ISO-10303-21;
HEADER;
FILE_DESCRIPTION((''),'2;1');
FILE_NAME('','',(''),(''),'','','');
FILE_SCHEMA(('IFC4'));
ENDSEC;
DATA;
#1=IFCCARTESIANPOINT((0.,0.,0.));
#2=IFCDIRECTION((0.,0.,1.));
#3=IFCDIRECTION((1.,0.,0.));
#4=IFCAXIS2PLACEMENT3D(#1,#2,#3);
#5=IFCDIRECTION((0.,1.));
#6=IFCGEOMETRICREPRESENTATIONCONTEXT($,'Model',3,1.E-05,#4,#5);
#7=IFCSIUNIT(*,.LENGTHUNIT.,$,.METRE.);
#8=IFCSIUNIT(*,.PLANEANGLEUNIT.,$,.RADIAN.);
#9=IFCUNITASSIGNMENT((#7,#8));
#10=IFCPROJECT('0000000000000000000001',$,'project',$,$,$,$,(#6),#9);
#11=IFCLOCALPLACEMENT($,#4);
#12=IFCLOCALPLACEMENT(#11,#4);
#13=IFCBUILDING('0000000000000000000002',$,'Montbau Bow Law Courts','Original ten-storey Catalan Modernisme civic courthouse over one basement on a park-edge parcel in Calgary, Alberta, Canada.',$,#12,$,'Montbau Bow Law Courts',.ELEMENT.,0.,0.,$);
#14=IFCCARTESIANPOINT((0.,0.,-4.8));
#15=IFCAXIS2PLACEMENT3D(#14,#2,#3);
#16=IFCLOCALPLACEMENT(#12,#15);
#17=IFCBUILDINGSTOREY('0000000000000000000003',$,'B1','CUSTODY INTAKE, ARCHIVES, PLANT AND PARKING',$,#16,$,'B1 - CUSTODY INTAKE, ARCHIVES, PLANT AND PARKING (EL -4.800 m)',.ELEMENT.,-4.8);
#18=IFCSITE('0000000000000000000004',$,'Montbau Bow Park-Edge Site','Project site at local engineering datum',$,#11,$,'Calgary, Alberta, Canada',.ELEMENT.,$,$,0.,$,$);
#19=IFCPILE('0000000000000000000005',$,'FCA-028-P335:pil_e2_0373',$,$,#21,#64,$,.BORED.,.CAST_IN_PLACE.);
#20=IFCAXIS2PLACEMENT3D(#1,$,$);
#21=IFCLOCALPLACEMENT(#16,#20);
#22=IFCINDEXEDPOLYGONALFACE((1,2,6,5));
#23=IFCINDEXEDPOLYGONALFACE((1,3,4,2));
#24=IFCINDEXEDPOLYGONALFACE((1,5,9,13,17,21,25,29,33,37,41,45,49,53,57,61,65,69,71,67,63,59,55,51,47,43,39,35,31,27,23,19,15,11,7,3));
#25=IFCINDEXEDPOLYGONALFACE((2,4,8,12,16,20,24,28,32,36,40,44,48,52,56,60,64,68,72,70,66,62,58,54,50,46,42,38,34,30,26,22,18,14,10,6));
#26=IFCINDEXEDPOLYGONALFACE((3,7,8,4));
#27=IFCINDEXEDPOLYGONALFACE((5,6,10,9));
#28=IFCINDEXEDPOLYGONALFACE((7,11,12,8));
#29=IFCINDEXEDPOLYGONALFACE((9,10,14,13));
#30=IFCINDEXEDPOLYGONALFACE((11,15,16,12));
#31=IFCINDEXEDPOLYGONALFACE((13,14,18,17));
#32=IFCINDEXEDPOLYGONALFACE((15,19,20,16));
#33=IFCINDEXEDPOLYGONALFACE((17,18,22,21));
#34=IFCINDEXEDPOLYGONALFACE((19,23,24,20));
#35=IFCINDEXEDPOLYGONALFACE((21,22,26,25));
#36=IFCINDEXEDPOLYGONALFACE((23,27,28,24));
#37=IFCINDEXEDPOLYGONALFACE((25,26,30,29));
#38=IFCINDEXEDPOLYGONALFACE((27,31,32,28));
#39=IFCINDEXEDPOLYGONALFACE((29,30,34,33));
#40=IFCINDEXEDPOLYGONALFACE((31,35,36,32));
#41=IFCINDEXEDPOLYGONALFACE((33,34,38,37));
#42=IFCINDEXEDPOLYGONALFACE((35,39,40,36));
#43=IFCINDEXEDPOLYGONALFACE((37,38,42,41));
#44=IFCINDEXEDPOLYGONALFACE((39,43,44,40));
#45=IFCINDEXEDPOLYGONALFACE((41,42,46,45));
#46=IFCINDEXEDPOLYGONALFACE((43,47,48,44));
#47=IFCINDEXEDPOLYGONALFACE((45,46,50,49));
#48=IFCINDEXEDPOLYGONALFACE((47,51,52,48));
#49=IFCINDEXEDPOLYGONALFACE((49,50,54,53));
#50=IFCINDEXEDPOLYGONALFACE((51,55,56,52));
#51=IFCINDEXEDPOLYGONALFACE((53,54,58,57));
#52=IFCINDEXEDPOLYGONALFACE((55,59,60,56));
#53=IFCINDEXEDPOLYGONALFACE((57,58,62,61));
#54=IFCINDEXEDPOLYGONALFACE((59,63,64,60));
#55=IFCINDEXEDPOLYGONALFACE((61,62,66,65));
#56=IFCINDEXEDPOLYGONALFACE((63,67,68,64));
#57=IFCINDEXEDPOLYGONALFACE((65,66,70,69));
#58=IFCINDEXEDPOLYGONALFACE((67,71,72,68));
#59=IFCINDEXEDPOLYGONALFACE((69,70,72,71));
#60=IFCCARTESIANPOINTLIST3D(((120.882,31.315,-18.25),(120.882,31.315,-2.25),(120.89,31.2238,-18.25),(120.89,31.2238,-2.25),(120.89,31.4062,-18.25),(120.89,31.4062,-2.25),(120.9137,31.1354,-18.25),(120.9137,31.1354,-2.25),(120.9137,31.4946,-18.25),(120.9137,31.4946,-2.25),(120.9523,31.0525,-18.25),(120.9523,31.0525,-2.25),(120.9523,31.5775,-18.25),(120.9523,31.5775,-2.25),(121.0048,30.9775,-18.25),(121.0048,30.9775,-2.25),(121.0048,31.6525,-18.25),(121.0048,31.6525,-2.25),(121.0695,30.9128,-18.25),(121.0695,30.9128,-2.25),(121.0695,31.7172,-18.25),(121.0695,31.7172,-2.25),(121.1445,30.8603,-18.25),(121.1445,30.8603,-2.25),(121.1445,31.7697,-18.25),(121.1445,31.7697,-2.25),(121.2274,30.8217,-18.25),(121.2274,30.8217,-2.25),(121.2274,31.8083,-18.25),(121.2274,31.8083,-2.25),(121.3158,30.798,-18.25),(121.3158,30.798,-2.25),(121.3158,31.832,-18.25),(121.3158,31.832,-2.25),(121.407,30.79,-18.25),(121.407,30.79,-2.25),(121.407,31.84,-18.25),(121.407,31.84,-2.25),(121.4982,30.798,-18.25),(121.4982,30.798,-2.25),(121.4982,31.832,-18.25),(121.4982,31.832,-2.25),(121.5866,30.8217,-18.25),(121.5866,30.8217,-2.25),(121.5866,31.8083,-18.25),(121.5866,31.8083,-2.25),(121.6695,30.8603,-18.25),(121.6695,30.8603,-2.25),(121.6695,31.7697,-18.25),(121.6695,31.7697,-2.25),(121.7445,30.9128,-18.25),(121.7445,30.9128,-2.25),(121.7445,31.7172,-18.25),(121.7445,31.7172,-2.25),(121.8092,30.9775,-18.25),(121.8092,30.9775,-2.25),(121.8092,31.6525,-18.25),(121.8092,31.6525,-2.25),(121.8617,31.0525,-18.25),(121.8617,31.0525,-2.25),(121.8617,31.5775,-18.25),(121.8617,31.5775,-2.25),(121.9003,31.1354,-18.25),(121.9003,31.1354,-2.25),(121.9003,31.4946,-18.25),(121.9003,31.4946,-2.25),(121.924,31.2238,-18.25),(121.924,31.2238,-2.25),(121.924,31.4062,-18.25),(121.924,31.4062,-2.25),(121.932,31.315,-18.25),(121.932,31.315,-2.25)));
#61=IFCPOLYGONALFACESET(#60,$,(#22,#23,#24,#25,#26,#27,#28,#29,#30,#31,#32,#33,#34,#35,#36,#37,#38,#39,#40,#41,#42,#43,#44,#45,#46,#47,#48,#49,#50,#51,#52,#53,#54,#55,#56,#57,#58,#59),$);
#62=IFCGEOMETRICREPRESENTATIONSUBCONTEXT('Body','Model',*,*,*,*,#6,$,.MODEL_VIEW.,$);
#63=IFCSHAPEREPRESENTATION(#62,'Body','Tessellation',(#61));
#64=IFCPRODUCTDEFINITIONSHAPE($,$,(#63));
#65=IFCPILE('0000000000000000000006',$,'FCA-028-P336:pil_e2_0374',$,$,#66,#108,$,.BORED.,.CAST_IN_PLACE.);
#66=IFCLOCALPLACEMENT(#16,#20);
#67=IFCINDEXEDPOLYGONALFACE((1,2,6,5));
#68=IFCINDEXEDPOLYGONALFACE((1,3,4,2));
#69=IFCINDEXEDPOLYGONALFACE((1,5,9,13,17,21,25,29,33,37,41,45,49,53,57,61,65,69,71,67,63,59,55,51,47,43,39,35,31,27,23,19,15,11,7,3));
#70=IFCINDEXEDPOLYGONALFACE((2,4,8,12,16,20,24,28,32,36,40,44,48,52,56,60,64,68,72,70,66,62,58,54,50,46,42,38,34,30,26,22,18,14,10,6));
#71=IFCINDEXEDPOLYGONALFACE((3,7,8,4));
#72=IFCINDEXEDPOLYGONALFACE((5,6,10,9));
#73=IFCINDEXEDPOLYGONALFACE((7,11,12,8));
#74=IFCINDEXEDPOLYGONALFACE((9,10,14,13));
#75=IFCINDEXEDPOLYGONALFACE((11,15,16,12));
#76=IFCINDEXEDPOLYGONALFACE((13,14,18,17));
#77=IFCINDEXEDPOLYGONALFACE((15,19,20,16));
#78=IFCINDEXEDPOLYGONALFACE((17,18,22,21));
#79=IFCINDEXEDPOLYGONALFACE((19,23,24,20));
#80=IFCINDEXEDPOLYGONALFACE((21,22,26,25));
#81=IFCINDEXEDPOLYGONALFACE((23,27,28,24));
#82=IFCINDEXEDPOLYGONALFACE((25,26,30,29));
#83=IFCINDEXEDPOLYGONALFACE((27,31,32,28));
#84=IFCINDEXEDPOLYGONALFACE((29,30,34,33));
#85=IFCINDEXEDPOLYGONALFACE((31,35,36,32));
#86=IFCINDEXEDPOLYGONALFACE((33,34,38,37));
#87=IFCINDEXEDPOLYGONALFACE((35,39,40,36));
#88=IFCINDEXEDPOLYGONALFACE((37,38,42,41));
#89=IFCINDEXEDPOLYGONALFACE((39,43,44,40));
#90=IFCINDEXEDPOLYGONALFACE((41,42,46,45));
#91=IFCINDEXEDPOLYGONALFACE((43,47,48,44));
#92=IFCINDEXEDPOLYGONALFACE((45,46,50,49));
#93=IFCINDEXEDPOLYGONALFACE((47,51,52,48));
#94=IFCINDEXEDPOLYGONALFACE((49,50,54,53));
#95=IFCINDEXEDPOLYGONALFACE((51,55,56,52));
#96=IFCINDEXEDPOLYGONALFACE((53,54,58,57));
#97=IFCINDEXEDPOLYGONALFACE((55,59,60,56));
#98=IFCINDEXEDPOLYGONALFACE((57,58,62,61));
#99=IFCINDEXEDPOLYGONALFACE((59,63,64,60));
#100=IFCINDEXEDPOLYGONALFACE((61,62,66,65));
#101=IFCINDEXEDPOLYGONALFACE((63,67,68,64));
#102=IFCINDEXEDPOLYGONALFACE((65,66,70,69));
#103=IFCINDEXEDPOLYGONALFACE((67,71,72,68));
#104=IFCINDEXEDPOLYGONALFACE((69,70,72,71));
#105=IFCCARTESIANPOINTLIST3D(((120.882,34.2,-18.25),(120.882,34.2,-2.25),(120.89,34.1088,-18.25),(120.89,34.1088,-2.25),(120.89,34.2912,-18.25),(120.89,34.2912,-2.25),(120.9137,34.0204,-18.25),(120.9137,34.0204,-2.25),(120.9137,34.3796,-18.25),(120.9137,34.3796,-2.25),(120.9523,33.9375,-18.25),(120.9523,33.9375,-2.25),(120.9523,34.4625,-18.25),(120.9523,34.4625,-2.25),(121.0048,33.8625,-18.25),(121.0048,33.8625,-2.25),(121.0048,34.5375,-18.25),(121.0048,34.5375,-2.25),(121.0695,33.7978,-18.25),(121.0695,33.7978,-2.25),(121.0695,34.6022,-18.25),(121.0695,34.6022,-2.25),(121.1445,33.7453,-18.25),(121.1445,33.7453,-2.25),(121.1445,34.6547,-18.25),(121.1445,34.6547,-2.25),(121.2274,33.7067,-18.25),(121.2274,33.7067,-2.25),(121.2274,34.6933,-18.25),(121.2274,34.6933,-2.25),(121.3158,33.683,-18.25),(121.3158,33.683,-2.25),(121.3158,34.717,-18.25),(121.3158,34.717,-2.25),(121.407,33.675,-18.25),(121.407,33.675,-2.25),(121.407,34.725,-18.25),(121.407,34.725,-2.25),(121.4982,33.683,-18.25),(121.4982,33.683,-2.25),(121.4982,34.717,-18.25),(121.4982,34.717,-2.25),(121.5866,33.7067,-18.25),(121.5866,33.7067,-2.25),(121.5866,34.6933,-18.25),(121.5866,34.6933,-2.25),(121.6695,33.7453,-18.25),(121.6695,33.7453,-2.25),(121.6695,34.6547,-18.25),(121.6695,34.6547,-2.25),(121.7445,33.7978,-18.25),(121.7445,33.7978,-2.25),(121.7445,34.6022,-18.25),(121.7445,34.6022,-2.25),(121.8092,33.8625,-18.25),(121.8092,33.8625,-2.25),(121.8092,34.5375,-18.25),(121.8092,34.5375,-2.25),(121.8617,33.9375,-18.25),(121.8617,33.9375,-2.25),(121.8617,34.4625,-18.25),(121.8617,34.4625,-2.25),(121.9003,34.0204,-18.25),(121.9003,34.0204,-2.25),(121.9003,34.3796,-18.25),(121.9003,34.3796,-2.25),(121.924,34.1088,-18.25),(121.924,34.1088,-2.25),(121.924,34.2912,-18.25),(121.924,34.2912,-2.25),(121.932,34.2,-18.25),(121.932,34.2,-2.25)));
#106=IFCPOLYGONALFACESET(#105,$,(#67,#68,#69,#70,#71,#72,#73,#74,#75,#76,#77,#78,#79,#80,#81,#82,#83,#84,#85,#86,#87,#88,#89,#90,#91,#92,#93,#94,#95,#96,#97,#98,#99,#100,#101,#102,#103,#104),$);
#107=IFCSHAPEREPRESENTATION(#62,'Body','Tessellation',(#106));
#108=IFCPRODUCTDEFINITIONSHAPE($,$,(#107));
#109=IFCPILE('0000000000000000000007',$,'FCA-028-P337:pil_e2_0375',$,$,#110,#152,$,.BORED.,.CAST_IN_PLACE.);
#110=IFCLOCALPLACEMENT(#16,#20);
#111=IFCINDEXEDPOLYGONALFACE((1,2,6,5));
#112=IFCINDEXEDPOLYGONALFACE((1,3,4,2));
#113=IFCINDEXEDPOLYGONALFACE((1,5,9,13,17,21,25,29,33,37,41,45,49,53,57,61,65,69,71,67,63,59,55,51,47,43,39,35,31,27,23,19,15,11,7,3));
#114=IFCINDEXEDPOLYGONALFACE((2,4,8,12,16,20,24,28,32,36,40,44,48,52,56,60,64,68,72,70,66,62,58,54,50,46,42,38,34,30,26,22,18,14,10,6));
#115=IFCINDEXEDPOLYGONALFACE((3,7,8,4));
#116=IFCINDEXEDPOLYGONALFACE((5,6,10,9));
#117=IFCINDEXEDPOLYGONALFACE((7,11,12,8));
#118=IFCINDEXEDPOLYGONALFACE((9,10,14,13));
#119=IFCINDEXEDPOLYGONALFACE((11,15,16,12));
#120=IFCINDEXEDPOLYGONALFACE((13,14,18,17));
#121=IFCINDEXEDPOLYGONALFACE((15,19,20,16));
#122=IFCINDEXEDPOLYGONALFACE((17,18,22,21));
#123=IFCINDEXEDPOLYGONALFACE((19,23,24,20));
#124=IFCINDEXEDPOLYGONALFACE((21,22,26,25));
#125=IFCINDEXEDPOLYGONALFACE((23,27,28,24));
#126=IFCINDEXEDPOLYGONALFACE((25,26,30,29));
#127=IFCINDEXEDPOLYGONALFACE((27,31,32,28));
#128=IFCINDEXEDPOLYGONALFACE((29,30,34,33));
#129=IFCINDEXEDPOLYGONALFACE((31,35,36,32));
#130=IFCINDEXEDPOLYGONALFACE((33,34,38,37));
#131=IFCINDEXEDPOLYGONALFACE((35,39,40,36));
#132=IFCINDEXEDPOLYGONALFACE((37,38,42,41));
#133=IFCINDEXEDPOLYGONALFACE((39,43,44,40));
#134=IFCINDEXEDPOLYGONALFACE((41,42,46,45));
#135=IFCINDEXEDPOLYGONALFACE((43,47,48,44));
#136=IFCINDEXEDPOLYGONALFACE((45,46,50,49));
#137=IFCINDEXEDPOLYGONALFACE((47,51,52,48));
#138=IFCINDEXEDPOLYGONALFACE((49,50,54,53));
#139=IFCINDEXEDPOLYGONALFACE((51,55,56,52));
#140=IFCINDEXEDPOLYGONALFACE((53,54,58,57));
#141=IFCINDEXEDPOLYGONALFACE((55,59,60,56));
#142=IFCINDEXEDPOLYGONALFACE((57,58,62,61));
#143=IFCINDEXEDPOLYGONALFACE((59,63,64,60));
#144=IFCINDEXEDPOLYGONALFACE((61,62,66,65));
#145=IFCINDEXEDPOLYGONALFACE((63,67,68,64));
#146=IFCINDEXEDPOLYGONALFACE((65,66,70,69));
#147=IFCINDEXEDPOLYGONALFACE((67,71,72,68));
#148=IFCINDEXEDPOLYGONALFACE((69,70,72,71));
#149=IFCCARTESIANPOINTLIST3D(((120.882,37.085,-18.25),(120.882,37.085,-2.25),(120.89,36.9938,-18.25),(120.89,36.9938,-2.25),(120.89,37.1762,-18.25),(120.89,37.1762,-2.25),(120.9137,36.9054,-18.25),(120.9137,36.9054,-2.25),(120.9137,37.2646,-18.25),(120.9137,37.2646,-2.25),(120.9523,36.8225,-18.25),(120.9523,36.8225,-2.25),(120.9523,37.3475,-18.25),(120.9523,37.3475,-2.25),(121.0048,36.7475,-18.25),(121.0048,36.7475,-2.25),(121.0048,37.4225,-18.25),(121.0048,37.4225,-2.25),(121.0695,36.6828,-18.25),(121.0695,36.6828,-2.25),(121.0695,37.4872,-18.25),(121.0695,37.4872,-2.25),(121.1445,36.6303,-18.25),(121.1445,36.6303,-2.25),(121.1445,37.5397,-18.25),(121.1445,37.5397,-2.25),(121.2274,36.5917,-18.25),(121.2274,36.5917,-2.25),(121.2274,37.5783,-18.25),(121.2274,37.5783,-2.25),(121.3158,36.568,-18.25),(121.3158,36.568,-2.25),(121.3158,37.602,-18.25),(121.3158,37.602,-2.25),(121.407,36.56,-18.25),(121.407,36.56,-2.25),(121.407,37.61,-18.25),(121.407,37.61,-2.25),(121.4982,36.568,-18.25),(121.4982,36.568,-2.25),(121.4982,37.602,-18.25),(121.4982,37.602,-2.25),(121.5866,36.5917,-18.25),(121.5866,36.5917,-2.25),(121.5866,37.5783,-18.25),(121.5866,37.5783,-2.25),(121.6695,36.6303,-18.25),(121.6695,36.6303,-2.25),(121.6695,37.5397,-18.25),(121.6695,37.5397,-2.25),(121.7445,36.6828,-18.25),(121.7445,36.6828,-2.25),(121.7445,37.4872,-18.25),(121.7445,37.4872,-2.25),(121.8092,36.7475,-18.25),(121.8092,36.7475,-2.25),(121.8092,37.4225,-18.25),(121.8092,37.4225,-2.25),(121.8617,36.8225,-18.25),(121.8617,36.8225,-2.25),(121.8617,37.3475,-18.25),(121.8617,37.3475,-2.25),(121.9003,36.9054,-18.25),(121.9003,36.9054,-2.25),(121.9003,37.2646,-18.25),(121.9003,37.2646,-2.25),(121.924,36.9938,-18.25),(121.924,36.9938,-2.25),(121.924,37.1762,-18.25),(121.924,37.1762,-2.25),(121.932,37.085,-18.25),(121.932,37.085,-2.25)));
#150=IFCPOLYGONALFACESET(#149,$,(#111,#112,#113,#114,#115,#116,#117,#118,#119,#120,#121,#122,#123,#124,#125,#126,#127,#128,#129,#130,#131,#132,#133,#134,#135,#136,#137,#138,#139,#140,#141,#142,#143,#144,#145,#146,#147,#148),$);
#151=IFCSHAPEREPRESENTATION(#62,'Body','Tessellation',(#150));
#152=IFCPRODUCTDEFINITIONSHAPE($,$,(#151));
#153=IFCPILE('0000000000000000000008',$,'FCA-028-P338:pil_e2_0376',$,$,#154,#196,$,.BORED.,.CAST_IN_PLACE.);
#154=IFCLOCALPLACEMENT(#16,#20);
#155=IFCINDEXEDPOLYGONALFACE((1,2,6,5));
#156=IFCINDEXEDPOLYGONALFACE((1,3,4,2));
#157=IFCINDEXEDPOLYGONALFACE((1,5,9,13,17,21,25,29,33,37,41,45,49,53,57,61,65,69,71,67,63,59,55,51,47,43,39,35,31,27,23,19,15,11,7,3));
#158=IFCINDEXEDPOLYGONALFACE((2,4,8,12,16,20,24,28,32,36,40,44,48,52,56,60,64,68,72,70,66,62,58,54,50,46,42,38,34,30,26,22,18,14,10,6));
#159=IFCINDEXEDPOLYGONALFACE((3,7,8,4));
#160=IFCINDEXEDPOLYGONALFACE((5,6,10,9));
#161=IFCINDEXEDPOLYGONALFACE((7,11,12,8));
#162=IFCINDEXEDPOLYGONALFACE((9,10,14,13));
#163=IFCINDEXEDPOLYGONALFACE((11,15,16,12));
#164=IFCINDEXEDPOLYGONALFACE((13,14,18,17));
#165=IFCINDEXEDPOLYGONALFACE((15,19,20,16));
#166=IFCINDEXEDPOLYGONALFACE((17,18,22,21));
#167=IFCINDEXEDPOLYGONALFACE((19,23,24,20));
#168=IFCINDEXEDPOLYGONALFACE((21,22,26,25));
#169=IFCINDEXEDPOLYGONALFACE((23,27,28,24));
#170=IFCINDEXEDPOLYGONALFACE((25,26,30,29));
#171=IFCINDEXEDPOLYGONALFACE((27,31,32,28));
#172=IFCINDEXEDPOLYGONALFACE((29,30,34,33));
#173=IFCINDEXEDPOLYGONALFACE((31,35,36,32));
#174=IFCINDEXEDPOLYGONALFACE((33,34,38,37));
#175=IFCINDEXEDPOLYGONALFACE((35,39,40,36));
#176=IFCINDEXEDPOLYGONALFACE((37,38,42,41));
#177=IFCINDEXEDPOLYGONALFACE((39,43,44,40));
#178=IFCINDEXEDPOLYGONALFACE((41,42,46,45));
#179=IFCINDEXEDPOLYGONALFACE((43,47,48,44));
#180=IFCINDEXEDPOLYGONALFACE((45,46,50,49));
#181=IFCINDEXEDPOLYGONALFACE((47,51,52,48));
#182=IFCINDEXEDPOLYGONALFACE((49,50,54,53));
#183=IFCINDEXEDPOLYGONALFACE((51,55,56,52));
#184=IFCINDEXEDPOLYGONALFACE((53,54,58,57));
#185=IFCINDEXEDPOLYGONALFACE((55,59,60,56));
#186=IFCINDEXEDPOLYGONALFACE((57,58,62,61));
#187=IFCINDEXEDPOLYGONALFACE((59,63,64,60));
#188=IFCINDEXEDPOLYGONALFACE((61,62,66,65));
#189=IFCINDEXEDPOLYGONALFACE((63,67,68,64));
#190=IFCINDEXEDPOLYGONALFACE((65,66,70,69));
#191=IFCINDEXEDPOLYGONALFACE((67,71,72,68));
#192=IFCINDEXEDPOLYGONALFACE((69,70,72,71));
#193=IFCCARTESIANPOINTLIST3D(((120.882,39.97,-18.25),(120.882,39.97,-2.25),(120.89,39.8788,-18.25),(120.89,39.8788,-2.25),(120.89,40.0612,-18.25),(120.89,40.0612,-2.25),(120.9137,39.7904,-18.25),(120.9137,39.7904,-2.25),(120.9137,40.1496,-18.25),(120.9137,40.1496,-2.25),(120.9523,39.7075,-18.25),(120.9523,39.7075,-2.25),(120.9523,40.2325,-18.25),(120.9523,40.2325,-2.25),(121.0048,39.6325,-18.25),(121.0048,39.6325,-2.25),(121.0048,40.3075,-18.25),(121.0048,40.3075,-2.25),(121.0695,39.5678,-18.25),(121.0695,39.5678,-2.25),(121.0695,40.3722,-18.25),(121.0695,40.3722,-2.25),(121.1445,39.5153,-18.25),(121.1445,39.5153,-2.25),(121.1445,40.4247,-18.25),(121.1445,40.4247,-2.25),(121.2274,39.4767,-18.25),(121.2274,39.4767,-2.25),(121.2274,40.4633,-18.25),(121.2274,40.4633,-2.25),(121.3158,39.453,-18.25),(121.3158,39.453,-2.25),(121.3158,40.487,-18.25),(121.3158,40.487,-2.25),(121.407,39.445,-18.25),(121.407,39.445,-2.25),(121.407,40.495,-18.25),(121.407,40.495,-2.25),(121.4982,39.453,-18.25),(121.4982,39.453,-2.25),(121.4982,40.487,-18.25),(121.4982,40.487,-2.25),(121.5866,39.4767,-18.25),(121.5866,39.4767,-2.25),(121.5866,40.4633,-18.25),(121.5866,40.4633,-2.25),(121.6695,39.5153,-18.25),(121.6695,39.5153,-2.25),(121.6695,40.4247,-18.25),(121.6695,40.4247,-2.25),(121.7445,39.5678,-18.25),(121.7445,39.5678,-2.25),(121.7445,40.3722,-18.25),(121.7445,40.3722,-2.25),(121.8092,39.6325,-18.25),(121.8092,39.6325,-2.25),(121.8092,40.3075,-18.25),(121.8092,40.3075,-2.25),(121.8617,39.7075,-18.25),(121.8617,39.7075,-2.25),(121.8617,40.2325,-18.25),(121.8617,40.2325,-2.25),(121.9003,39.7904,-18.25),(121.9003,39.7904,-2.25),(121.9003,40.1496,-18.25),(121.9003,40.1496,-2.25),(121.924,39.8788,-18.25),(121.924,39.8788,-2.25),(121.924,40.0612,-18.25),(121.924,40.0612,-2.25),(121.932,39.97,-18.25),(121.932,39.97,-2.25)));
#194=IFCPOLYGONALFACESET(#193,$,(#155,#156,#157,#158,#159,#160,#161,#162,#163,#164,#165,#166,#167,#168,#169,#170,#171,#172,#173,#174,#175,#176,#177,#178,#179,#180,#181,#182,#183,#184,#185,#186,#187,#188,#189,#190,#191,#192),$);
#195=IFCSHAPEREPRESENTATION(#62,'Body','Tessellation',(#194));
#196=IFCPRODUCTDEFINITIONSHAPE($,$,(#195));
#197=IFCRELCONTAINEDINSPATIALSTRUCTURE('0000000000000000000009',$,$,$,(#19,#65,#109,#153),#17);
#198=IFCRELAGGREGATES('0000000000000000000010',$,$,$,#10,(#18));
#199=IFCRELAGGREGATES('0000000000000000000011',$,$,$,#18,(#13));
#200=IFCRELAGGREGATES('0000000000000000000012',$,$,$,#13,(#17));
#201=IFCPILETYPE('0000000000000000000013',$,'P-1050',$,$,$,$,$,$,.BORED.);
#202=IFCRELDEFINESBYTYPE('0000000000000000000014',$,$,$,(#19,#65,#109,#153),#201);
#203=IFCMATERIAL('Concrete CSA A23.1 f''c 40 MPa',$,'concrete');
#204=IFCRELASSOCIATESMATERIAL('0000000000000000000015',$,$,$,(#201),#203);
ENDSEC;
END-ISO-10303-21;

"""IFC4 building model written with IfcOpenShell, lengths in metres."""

from ifc_helpers import new_model, si_unit, direction, frame, origin_with_axes, origin_2d_with_axis, place, context, subcontext, project, spatial, circle, extrude, material, material_profile, profile_set, type_object, element, save


model = new_model("IFC4")

# Units and contexts
model_context = context("Model", 3, precision=1e-05, world=origin_with_axes(), true_north=direction((0.0, 1.0)))
body_context = subcontext(model_context, "Body", "Model", "MODEL_VIEW")
ifc_project = project(units=[si_unit("LENGTHUNIT", "METRE"), si_unit("PLANEANGLEUNIT", "RADIAN")], contexts=[model_context])

# Site, building, storey
site_placement = place(None, origin_with_axes())
site = spatial("IfcSite", under=ifc_project, at=site_placement, Name="Montbau Bow Park-Edge Site", Description="Project site at local engineering datum", LongName="Calgary, Alberta, Canada", CompositionType="ELEMENT", RefElevation=0.0)
building_placement = place(site_placement, origin_with_axes())
building = spatial("IfcBuilding", under=site, at=building_placement, Name="Montbau Bow Law Courts", Description="Original ten-storey Catalan Modernisme civic courthouse over one basement on a park-edge parcel in Calgary, Alberta, Canada.", LongName="Montbau Bow Law Courts", CompositionType="ELEMENT", ElevationOfRefHeight=0.0, ElevationOfTerrain=0.0)
storey_placement = place(building_placement, frame((0.0, 0.0, -4.8), z_axis=(0.0, 0.0, 1.0), x_axis=(1.0, 0.0, 0.0)))
storey = spatial("IfcBuildingStorey", under=building, at=storey_placement, Name="B1", Description="CUSTODY INTAKE, ARCHIVES, PLANT AND PARKING", LongName="B1 - CUSTODY INTAKE, ARCHIVES, PLANT AND PARKING (EL -4.800 m)", CompositionType="ELEMENT", Elevation=-4.8)

# Piles
ifc_material = material(Name="Concrete CSA A23.1 f'c 40 MPa", Category="concrete")
ifc_material_profile_1 = material_profile(ifc_material, circle(Radius=0.525, at=origin_2d_with_axis()), Name="BP1050", Category="Main", Priority=0)
ifc_profile_set_1 = profile_set([ifc_material_profile_1], Name="Concrete CSA A23.1 f'c 40 MPa")
pile_type_1 = type_object("IfcPileType", Name="P-1050", PredefinedType="BORED", material=ifc_profile_set_1)
for number, where, z_axis, x_axis, name in (
    (1, (121.407, 31.315, -23.05), (0.0, 0.0, 1.0), (1.0, 0.0, 0.0), "FCA-028-P335:pil_e2_0373"),
    (2, (121.407, 34.2, -23.05), (0.0, 0.0, 1.0), (1.0, 0.0, 0.0), "FCA-028-P336:pil_e2_0374"),
    (3, (121.407, 37.085, -23.05), (0.0, 0.0, 1.0), (1.0, 0.0, 0.0), "FCA-028-P337:pil_e2_0375"),
    (4, (121.407, 39.97, -23.05), (0.0, 0.0, 1.0), (1.0, 0.0, 0.0), "FCA-028-P338:pil_e2_0376"),
):
    element("IfcPile", number, at=place(None, frame(where, z_axis=z_axis, x_axis=x_axis)), inside=storey, type_object=pile_type_1, Name=name, ConstructionType="CAST_IN_PLACE", PredefinedType="BORED", context=body_context, shape_type="SweptSolid", body=[
        extrude(circle(Radius=0.525, at=origin_2d_with_axis()), origin_with_axes(), (0.0, 0.0, 1.0), 16.0),
    ])

save(model, "model.ifc")
